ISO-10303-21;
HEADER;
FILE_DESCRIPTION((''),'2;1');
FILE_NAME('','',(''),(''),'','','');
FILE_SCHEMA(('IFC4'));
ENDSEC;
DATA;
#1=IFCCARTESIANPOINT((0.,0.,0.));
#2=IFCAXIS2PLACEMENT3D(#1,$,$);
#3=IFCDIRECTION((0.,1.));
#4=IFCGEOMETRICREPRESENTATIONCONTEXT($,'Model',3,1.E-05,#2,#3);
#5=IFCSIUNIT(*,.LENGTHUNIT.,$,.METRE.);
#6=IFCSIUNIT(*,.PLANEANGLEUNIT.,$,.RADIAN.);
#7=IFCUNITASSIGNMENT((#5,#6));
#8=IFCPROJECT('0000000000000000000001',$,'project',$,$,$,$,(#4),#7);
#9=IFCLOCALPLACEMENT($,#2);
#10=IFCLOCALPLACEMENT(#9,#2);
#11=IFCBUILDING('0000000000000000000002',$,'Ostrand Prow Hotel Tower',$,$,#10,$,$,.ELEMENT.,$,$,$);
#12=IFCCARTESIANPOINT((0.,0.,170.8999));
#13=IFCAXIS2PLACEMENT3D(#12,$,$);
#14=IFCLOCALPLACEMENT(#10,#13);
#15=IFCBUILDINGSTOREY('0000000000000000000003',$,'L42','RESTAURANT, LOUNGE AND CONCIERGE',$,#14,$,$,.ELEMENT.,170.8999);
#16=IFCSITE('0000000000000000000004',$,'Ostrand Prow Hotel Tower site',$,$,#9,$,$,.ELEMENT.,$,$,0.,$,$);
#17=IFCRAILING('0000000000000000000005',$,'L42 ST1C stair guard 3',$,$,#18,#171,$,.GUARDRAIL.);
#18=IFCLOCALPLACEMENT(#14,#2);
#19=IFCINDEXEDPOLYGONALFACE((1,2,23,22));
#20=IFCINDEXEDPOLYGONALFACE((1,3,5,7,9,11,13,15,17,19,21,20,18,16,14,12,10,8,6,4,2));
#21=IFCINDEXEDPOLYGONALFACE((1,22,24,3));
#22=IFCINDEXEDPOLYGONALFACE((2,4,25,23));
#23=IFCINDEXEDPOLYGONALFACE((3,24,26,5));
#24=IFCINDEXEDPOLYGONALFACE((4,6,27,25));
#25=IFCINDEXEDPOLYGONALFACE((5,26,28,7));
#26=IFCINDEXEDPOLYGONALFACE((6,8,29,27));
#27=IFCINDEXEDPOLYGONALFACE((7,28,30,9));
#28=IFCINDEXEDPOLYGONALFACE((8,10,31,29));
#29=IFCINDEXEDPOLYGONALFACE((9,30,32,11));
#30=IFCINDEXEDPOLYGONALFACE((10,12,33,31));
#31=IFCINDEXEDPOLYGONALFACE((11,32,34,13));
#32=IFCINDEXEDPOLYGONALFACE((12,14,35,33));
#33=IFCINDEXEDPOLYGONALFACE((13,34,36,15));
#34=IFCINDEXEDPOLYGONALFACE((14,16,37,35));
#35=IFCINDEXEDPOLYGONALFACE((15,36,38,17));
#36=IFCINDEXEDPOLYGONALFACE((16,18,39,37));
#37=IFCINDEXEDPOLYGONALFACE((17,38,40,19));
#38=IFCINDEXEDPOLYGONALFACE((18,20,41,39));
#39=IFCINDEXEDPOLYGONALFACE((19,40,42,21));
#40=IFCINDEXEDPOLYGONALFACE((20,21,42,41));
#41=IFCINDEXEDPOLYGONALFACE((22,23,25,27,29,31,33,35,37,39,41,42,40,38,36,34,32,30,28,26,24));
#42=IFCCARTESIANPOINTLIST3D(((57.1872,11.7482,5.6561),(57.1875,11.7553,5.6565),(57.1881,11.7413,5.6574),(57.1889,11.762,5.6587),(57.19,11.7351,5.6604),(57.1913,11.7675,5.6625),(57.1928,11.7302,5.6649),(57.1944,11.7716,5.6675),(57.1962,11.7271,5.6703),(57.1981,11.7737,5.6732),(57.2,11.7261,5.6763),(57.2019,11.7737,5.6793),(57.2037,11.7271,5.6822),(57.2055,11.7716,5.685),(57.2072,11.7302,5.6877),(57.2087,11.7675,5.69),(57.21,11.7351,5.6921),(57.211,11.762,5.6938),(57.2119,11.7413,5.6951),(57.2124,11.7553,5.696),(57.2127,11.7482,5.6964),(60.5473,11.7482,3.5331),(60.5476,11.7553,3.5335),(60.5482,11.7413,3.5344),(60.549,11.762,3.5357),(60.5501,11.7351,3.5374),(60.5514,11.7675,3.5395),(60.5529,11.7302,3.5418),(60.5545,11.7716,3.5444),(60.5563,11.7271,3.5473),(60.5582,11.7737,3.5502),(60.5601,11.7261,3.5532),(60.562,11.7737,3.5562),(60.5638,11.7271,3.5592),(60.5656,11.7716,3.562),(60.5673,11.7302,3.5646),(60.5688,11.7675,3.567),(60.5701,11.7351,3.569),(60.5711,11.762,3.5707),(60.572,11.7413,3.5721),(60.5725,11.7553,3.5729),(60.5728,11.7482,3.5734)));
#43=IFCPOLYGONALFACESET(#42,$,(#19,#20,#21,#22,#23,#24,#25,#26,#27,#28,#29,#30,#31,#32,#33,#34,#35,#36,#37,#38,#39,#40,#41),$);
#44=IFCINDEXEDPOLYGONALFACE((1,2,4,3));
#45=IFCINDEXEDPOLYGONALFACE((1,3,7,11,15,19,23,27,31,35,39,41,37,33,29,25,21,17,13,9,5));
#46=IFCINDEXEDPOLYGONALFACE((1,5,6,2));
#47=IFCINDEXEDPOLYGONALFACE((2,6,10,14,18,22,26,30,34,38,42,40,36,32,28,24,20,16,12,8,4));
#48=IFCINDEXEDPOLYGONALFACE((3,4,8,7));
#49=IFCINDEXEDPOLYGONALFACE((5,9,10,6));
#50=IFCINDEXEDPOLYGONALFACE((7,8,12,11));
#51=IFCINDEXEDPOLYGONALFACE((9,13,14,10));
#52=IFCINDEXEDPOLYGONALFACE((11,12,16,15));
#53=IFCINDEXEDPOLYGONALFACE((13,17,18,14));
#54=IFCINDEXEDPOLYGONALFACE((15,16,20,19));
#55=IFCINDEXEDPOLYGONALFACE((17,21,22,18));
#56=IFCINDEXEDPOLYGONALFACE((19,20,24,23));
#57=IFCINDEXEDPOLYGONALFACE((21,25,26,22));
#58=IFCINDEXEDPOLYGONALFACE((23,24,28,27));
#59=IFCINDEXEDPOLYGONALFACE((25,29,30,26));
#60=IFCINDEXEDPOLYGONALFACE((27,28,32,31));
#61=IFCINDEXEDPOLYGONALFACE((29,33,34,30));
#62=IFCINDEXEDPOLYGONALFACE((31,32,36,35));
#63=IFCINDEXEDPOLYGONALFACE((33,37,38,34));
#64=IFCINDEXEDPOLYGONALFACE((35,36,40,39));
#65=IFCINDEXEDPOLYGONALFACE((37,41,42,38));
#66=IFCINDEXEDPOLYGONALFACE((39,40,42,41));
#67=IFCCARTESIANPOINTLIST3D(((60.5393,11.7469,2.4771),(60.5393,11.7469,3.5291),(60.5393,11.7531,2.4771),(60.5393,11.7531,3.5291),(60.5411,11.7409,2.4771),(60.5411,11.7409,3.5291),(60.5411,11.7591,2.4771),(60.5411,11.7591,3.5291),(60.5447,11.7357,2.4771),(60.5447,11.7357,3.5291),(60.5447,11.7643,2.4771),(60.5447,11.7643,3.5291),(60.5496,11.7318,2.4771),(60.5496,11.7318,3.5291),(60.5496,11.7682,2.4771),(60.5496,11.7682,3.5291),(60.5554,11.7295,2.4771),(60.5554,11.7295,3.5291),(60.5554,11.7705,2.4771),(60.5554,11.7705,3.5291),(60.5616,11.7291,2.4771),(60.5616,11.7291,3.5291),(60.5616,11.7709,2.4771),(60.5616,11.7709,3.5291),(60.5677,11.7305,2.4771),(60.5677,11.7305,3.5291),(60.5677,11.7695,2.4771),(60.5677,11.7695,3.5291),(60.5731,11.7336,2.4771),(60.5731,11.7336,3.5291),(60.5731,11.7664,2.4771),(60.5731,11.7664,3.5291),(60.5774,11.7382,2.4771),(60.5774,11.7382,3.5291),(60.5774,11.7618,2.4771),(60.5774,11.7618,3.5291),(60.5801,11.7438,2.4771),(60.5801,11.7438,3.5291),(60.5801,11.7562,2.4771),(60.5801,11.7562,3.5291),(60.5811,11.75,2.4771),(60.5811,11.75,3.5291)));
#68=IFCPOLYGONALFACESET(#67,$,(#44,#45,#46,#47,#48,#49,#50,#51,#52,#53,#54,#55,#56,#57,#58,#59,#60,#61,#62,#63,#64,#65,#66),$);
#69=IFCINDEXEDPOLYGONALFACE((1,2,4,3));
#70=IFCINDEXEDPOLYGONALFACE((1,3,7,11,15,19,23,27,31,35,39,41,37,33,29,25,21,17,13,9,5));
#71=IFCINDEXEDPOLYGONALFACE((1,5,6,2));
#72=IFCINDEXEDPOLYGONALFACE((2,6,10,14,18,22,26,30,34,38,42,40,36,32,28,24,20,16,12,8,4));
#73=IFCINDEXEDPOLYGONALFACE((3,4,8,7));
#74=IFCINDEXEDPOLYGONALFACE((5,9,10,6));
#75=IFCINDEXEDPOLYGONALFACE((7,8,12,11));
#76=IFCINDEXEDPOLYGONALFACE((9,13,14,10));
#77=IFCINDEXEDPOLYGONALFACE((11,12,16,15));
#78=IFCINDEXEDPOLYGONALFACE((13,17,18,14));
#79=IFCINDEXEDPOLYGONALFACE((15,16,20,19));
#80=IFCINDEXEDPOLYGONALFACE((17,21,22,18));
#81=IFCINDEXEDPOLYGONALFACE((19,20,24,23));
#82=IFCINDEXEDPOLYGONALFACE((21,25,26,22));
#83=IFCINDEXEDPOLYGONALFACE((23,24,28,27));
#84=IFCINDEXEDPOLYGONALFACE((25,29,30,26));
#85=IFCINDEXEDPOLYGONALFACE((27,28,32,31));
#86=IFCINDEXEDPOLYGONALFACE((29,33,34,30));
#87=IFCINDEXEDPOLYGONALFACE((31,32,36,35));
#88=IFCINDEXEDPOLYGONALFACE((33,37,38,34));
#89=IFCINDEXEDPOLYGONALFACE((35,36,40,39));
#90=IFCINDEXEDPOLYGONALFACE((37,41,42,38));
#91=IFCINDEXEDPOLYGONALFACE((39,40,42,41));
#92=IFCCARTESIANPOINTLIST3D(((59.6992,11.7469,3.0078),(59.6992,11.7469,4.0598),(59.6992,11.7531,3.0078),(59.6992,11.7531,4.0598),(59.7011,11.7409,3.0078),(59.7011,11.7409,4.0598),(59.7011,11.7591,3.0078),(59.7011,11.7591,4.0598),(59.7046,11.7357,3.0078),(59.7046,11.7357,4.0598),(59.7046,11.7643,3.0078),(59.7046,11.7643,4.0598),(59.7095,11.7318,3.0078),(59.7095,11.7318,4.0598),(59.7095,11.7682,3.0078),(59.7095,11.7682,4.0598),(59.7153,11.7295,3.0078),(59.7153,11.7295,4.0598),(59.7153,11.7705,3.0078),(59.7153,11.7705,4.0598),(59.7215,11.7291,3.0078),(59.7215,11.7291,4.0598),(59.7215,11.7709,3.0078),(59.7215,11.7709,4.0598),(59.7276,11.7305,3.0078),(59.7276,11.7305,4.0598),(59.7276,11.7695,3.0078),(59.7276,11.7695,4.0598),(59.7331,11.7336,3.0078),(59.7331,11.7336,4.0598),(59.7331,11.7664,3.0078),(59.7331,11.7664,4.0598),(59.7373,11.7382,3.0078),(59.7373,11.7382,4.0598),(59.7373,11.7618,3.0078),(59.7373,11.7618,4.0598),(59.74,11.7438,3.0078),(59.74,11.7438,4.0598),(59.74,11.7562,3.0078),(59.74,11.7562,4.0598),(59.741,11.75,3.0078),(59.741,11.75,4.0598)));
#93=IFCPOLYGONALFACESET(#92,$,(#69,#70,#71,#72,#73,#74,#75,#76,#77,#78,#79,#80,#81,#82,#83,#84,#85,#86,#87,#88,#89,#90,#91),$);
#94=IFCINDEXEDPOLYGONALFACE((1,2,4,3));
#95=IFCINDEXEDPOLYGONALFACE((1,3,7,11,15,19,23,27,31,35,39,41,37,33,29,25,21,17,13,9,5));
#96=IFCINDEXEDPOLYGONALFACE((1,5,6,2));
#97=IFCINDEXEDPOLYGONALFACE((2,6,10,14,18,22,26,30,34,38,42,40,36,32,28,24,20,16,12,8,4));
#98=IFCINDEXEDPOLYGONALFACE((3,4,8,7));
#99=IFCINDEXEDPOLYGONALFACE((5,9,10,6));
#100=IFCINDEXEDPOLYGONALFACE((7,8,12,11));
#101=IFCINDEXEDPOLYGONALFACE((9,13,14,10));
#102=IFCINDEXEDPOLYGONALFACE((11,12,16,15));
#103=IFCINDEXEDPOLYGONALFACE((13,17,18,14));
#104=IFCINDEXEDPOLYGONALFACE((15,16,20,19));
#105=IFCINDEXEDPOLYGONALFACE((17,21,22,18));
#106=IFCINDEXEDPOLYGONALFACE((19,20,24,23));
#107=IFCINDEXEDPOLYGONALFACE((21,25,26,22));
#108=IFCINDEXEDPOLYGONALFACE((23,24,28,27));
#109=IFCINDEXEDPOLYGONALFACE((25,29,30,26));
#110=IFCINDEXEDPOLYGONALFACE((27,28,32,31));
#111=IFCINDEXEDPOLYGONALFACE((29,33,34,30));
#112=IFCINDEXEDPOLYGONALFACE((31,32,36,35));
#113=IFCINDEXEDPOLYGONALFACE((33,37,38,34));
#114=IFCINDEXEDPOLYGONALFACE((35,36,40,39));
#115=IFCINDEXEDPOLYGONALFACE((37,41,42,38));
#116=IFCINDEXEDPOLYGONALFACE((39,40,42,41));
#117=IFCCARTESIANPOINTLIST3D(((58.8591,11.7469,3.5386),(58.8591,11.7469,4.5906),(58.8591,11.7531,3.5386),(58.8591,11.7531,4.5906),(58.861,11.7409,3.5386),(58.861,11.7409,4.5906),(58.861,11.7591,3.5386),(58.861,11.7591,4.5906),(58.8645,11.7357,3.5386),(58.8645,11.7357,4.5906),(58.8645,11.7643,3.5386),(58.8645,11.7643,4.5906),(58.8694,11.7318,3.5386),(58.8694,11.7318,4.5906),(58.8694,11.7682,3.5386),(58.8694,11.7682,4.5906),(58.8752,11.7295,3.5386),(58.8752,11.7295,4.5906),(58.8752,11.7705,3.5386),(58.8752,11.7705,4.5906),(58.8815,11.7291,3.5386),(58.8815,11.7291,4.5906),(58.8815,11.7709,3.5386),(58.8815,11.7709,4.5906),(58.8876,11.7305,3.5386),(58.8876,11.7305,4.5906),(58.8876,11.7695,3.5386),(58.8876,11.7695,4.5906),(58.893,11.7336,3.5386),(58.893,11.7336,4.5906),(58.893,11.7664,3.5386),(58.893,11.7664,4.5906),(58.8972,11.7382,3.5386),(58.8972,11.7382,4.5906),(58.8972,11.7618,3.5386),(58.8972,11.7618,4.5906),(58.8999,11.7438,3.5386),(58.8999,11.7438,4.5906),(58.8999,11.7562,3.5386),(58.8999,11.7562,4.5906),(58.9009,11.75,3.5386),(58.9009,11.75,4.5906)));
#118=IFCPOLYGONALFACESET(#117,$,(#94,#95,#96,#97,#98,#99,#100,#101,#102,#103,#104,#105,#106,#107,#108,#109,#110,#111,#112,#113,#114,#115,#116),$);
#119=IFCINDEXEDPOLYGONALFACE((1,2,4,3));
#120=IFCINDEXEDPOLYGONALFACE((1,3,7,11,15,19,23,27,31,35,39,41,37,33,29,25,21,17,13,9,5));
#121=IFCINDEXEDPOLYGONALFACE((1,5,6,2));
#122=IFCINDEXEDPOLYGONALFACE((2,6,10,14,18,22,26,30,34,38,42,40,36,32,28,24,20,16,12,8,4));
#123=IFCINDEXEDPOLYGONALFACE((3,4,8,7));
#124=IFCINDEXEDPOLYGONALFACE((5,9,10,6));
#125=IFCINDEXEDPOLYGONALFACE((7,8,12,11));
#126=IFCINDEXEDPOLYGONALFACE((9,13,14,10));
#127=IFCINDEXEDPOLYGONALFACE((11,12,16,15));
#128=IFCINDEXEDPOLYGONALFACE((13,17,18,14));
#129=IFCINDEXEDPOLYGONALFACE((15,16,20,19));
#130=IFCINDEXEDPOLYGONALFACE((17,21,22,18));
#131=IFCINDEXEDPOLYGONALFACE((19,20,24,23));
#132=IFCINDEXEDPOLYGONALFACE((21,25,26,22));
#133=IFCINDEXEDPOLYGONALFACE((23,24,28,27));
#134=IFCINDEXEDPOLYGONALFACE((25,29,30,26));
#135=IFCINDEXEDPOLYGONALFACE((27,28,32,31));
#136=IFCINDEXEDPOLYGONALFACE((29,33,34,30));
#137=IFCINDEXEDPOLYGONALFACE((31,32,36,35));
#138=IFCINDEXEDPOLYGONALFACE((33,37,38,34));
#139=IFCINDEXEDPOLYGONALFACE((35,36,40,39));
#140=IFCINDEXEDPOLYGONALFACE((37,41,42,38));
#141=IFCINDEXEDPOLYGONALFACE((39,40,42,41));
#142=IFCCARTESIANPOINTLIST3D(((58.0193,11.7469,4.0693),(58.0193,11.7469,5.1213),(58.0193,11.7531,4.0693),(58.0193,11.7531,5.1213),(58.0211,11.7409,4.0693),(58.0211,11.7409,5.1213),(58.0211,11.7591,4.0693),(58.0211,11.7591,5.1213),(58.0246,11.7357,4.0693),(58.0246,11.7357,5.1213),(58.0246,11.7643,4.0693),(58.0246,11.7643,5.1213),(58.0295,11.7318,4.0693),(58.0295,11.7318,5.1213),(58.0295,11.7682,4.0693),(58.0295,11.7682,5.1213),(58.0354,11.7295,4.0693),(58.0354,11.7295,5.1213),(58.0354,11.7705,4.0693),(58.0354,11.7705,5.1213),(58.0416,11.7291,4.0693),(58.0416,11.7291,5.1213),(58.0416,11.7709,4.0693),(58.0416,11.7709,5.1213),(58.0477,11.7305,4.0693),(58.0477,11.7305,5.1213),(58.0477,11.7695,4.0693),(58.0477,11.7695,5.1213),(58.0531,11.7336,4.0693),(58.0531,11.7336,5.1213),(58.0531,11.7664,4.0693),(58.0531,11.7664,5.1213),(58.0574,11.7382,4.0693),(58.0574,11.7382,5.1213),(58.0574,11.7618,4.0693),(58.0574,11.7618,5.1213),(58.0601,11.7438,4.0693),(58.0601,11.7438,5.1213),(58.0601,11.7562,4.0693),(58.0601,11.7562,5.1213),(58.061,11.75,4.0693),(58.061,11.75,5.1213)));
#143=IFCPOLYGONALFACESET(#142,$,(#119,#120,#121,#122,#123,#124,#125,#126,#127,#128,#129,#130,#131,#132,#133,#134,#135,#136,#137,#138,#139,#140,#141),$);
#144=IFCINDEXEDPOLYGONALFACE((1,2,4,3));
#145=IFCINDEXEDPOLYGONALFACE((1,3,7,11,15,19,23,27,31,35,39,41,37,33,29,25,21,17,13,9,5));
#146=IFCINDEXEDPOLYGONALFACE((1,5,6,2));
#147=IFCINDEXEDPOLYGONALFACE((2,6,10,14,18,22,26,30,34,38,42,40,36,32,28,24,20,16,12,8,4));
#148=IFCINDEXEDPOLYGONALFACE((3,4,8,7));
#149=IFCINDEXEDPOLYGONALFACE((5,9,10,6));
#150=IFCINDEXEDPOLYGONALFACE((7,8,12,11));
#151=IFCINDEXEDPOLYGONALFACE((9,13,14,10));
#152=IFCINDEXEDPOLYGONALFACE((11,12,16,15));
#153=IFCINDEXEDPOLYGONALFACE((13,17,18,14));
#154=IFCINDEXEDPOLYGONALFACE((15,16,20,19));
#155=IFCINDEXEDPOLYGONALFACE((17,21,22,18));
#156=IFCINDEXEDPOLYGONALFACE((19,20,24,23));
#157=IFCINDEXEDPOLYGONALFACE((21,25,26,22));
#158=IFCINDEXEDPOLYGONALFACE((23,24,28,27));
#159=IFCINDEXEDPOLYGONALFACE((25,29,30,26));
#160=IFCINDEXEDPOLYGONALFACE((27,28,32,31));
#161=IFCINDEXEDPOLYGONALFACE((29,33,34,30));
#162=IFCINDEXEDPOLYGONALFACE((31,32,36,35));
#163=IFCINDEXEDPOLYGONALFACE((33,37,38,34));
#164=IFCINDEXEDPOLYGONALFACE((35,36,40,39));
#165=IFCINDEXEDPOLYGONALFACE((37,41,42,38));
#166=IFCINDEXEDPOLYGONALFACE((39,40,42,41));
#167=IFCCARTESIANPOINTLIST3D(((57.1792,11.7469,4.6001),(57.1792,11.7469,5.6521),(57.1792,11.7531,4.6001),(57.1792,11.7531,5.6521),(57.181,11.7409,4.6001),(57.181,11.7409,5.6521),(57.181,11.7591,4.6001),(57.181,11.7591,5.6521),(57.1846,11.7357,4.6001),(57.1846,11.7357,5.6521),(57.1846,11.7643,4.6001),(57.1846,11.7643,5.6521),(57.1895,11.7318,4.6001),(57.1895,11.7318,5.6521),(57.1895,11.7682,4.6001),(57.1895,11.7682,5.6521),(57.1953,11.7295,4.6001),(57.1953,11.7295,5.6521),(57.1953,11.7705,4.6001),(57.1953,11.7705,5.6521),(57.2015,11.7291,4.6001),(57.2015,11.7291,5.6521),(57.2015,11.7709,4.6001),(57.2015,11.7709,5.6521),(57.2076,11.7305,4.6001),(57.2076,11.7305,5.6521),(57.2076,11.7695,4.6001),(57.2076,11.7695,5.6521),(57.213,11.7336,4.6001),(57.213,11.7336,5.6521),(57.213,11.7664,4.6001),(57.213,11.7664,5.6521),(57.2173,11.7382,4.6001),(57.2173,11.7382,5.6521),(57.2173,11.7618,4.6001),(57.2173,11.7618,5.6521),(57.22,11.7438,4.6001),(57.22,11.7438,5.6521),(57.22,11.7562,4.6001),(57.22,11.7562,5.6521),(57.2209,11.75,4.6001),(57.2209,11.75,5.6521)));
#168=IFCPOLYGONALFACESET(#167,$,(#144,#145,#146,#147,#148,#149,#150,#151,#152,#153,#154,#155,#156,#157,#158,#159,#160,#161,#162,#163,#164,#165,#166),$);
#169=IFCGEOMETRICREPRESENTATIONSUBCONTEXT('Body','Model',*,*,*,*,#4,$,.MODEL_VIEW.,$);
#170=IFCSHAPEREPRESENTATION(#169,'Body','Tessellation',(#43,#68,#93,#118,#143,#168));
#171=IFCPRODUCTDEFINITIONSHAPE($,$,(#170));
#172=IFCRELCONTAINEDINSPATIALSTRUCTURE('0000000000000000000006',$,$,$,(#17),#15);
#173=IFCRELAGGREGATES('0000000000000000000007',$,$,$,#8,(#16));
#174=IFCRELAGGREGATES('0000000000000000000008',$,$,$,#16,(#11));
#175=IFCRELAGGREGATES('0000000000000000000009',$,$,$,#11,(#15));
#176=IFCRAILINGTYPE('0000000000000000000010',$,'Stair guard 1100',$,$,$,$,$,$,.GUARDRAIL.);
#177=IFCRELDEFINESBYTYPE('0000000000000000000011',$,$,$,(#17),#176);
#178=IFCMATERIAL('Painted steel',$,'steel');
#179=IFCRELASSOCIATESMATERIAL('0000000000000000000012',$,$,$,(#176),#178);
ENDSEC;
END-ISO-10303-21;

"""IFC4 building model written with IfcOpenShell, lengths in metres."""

from ifc_helpers import new_model, si_unit, direction, frame, origin, origin_2d, place, context, subcontext, project, spatial, circle, extrude, material, type_object, element, save


model = new_model("IFC4")

# Units and contexts
model_context = context("Model", 3, precision=1e-05, world=origin(), true_north=direction((0.0, 1.0)))
body_context = subcontext(model_context, "Body", "Model", "MODEL_VIEW")
ifc_project = project(units=[si_unit("LENGTHUNIT", "METRE"), si_unit("PLANEANGLEUNIT", "RADIAN")], contexts=[model_context])

# Site, building, storey
site_placement = place(None, origin())
site = spatial("IfcSite", under=ifc_project, at=site_placement, Name="Ostrand Prow Hotel Tower site", CompositionType="ELEMENT", RefElevation=0.0)
building_placement = place(site_placement, origin())
building = spatial("IfcBuilding", under=site, at=building_placement, Name="Ostrand Prow Hotel Tower", CompositionType="ELEMENT")
storey_placement = place(building_placement, frame((0.0, 0.0, 170.8999)))
storey = spatial("IfcBuildingStorey", under=building, at=storey_placement, Name="L42", Description="RESTAURANT, LOUNGE AND CONCIERGE", CompositionType="ELEMENT", Elevation=170.8999)

# Railing
ifc_material_1 = material(Name="Painted steel", Category="steel")
railing_type_1 = type_object("IfcRailingType", Name="Stair guard 1100", PredefinedType="GUARDRAIL", material=ifc_material_1)
railing_1_placement = place(storey_placement, frame((60.5601, 11.75, 2.4771)))
element("IfcRailing", 1, at=railing_1_placement, inside=storey, type_object=railing_type_1, Name="L42 ST1C stair guard 3", PredefinedType="GUARDRAIL", context=body_context, shape_type="SweptSolid", body=[
    extrude(circle(Radius=0.0239, at=origin_2d()), frame((0.0, 0.0, 1.0762), z_axis=(-0.84539, 0.0, 0.53415), x_axis=(0.0, -1.0, 0.0)), (0.0, 0.0, 1.0), 3.9746),
    extrude(circle(Radius=0.021, at=origin_2d()), origin(), (0.0, 0.0, 1.0), 1.052),
    extrude(circle(Radius=0.021, at=origin_2d()), frame((-0.8401, 0.0, 0.5308)), (0.0, 0.0, 1.0), 1.052),
    extrude(circle(Radius=0.021, at=origin_2d()), frame((-1.6802, 0.0, 1.0615)), (0.0, 0.0, 1.0), 1.052),
    extrude(circle(Radius=0.021, at=origin_2d()), frame((-2.52, 0.0, 1.5923)), (0.0, 0.0, 1.0), 1.052),
    extrude(circle(Radius=0.021, at=origin_2d()), frame((-3.3601, 0.0, 2.123)), (0.0, 0.0, 1.0), 1.052),
])

save(model, "model.ifc")
